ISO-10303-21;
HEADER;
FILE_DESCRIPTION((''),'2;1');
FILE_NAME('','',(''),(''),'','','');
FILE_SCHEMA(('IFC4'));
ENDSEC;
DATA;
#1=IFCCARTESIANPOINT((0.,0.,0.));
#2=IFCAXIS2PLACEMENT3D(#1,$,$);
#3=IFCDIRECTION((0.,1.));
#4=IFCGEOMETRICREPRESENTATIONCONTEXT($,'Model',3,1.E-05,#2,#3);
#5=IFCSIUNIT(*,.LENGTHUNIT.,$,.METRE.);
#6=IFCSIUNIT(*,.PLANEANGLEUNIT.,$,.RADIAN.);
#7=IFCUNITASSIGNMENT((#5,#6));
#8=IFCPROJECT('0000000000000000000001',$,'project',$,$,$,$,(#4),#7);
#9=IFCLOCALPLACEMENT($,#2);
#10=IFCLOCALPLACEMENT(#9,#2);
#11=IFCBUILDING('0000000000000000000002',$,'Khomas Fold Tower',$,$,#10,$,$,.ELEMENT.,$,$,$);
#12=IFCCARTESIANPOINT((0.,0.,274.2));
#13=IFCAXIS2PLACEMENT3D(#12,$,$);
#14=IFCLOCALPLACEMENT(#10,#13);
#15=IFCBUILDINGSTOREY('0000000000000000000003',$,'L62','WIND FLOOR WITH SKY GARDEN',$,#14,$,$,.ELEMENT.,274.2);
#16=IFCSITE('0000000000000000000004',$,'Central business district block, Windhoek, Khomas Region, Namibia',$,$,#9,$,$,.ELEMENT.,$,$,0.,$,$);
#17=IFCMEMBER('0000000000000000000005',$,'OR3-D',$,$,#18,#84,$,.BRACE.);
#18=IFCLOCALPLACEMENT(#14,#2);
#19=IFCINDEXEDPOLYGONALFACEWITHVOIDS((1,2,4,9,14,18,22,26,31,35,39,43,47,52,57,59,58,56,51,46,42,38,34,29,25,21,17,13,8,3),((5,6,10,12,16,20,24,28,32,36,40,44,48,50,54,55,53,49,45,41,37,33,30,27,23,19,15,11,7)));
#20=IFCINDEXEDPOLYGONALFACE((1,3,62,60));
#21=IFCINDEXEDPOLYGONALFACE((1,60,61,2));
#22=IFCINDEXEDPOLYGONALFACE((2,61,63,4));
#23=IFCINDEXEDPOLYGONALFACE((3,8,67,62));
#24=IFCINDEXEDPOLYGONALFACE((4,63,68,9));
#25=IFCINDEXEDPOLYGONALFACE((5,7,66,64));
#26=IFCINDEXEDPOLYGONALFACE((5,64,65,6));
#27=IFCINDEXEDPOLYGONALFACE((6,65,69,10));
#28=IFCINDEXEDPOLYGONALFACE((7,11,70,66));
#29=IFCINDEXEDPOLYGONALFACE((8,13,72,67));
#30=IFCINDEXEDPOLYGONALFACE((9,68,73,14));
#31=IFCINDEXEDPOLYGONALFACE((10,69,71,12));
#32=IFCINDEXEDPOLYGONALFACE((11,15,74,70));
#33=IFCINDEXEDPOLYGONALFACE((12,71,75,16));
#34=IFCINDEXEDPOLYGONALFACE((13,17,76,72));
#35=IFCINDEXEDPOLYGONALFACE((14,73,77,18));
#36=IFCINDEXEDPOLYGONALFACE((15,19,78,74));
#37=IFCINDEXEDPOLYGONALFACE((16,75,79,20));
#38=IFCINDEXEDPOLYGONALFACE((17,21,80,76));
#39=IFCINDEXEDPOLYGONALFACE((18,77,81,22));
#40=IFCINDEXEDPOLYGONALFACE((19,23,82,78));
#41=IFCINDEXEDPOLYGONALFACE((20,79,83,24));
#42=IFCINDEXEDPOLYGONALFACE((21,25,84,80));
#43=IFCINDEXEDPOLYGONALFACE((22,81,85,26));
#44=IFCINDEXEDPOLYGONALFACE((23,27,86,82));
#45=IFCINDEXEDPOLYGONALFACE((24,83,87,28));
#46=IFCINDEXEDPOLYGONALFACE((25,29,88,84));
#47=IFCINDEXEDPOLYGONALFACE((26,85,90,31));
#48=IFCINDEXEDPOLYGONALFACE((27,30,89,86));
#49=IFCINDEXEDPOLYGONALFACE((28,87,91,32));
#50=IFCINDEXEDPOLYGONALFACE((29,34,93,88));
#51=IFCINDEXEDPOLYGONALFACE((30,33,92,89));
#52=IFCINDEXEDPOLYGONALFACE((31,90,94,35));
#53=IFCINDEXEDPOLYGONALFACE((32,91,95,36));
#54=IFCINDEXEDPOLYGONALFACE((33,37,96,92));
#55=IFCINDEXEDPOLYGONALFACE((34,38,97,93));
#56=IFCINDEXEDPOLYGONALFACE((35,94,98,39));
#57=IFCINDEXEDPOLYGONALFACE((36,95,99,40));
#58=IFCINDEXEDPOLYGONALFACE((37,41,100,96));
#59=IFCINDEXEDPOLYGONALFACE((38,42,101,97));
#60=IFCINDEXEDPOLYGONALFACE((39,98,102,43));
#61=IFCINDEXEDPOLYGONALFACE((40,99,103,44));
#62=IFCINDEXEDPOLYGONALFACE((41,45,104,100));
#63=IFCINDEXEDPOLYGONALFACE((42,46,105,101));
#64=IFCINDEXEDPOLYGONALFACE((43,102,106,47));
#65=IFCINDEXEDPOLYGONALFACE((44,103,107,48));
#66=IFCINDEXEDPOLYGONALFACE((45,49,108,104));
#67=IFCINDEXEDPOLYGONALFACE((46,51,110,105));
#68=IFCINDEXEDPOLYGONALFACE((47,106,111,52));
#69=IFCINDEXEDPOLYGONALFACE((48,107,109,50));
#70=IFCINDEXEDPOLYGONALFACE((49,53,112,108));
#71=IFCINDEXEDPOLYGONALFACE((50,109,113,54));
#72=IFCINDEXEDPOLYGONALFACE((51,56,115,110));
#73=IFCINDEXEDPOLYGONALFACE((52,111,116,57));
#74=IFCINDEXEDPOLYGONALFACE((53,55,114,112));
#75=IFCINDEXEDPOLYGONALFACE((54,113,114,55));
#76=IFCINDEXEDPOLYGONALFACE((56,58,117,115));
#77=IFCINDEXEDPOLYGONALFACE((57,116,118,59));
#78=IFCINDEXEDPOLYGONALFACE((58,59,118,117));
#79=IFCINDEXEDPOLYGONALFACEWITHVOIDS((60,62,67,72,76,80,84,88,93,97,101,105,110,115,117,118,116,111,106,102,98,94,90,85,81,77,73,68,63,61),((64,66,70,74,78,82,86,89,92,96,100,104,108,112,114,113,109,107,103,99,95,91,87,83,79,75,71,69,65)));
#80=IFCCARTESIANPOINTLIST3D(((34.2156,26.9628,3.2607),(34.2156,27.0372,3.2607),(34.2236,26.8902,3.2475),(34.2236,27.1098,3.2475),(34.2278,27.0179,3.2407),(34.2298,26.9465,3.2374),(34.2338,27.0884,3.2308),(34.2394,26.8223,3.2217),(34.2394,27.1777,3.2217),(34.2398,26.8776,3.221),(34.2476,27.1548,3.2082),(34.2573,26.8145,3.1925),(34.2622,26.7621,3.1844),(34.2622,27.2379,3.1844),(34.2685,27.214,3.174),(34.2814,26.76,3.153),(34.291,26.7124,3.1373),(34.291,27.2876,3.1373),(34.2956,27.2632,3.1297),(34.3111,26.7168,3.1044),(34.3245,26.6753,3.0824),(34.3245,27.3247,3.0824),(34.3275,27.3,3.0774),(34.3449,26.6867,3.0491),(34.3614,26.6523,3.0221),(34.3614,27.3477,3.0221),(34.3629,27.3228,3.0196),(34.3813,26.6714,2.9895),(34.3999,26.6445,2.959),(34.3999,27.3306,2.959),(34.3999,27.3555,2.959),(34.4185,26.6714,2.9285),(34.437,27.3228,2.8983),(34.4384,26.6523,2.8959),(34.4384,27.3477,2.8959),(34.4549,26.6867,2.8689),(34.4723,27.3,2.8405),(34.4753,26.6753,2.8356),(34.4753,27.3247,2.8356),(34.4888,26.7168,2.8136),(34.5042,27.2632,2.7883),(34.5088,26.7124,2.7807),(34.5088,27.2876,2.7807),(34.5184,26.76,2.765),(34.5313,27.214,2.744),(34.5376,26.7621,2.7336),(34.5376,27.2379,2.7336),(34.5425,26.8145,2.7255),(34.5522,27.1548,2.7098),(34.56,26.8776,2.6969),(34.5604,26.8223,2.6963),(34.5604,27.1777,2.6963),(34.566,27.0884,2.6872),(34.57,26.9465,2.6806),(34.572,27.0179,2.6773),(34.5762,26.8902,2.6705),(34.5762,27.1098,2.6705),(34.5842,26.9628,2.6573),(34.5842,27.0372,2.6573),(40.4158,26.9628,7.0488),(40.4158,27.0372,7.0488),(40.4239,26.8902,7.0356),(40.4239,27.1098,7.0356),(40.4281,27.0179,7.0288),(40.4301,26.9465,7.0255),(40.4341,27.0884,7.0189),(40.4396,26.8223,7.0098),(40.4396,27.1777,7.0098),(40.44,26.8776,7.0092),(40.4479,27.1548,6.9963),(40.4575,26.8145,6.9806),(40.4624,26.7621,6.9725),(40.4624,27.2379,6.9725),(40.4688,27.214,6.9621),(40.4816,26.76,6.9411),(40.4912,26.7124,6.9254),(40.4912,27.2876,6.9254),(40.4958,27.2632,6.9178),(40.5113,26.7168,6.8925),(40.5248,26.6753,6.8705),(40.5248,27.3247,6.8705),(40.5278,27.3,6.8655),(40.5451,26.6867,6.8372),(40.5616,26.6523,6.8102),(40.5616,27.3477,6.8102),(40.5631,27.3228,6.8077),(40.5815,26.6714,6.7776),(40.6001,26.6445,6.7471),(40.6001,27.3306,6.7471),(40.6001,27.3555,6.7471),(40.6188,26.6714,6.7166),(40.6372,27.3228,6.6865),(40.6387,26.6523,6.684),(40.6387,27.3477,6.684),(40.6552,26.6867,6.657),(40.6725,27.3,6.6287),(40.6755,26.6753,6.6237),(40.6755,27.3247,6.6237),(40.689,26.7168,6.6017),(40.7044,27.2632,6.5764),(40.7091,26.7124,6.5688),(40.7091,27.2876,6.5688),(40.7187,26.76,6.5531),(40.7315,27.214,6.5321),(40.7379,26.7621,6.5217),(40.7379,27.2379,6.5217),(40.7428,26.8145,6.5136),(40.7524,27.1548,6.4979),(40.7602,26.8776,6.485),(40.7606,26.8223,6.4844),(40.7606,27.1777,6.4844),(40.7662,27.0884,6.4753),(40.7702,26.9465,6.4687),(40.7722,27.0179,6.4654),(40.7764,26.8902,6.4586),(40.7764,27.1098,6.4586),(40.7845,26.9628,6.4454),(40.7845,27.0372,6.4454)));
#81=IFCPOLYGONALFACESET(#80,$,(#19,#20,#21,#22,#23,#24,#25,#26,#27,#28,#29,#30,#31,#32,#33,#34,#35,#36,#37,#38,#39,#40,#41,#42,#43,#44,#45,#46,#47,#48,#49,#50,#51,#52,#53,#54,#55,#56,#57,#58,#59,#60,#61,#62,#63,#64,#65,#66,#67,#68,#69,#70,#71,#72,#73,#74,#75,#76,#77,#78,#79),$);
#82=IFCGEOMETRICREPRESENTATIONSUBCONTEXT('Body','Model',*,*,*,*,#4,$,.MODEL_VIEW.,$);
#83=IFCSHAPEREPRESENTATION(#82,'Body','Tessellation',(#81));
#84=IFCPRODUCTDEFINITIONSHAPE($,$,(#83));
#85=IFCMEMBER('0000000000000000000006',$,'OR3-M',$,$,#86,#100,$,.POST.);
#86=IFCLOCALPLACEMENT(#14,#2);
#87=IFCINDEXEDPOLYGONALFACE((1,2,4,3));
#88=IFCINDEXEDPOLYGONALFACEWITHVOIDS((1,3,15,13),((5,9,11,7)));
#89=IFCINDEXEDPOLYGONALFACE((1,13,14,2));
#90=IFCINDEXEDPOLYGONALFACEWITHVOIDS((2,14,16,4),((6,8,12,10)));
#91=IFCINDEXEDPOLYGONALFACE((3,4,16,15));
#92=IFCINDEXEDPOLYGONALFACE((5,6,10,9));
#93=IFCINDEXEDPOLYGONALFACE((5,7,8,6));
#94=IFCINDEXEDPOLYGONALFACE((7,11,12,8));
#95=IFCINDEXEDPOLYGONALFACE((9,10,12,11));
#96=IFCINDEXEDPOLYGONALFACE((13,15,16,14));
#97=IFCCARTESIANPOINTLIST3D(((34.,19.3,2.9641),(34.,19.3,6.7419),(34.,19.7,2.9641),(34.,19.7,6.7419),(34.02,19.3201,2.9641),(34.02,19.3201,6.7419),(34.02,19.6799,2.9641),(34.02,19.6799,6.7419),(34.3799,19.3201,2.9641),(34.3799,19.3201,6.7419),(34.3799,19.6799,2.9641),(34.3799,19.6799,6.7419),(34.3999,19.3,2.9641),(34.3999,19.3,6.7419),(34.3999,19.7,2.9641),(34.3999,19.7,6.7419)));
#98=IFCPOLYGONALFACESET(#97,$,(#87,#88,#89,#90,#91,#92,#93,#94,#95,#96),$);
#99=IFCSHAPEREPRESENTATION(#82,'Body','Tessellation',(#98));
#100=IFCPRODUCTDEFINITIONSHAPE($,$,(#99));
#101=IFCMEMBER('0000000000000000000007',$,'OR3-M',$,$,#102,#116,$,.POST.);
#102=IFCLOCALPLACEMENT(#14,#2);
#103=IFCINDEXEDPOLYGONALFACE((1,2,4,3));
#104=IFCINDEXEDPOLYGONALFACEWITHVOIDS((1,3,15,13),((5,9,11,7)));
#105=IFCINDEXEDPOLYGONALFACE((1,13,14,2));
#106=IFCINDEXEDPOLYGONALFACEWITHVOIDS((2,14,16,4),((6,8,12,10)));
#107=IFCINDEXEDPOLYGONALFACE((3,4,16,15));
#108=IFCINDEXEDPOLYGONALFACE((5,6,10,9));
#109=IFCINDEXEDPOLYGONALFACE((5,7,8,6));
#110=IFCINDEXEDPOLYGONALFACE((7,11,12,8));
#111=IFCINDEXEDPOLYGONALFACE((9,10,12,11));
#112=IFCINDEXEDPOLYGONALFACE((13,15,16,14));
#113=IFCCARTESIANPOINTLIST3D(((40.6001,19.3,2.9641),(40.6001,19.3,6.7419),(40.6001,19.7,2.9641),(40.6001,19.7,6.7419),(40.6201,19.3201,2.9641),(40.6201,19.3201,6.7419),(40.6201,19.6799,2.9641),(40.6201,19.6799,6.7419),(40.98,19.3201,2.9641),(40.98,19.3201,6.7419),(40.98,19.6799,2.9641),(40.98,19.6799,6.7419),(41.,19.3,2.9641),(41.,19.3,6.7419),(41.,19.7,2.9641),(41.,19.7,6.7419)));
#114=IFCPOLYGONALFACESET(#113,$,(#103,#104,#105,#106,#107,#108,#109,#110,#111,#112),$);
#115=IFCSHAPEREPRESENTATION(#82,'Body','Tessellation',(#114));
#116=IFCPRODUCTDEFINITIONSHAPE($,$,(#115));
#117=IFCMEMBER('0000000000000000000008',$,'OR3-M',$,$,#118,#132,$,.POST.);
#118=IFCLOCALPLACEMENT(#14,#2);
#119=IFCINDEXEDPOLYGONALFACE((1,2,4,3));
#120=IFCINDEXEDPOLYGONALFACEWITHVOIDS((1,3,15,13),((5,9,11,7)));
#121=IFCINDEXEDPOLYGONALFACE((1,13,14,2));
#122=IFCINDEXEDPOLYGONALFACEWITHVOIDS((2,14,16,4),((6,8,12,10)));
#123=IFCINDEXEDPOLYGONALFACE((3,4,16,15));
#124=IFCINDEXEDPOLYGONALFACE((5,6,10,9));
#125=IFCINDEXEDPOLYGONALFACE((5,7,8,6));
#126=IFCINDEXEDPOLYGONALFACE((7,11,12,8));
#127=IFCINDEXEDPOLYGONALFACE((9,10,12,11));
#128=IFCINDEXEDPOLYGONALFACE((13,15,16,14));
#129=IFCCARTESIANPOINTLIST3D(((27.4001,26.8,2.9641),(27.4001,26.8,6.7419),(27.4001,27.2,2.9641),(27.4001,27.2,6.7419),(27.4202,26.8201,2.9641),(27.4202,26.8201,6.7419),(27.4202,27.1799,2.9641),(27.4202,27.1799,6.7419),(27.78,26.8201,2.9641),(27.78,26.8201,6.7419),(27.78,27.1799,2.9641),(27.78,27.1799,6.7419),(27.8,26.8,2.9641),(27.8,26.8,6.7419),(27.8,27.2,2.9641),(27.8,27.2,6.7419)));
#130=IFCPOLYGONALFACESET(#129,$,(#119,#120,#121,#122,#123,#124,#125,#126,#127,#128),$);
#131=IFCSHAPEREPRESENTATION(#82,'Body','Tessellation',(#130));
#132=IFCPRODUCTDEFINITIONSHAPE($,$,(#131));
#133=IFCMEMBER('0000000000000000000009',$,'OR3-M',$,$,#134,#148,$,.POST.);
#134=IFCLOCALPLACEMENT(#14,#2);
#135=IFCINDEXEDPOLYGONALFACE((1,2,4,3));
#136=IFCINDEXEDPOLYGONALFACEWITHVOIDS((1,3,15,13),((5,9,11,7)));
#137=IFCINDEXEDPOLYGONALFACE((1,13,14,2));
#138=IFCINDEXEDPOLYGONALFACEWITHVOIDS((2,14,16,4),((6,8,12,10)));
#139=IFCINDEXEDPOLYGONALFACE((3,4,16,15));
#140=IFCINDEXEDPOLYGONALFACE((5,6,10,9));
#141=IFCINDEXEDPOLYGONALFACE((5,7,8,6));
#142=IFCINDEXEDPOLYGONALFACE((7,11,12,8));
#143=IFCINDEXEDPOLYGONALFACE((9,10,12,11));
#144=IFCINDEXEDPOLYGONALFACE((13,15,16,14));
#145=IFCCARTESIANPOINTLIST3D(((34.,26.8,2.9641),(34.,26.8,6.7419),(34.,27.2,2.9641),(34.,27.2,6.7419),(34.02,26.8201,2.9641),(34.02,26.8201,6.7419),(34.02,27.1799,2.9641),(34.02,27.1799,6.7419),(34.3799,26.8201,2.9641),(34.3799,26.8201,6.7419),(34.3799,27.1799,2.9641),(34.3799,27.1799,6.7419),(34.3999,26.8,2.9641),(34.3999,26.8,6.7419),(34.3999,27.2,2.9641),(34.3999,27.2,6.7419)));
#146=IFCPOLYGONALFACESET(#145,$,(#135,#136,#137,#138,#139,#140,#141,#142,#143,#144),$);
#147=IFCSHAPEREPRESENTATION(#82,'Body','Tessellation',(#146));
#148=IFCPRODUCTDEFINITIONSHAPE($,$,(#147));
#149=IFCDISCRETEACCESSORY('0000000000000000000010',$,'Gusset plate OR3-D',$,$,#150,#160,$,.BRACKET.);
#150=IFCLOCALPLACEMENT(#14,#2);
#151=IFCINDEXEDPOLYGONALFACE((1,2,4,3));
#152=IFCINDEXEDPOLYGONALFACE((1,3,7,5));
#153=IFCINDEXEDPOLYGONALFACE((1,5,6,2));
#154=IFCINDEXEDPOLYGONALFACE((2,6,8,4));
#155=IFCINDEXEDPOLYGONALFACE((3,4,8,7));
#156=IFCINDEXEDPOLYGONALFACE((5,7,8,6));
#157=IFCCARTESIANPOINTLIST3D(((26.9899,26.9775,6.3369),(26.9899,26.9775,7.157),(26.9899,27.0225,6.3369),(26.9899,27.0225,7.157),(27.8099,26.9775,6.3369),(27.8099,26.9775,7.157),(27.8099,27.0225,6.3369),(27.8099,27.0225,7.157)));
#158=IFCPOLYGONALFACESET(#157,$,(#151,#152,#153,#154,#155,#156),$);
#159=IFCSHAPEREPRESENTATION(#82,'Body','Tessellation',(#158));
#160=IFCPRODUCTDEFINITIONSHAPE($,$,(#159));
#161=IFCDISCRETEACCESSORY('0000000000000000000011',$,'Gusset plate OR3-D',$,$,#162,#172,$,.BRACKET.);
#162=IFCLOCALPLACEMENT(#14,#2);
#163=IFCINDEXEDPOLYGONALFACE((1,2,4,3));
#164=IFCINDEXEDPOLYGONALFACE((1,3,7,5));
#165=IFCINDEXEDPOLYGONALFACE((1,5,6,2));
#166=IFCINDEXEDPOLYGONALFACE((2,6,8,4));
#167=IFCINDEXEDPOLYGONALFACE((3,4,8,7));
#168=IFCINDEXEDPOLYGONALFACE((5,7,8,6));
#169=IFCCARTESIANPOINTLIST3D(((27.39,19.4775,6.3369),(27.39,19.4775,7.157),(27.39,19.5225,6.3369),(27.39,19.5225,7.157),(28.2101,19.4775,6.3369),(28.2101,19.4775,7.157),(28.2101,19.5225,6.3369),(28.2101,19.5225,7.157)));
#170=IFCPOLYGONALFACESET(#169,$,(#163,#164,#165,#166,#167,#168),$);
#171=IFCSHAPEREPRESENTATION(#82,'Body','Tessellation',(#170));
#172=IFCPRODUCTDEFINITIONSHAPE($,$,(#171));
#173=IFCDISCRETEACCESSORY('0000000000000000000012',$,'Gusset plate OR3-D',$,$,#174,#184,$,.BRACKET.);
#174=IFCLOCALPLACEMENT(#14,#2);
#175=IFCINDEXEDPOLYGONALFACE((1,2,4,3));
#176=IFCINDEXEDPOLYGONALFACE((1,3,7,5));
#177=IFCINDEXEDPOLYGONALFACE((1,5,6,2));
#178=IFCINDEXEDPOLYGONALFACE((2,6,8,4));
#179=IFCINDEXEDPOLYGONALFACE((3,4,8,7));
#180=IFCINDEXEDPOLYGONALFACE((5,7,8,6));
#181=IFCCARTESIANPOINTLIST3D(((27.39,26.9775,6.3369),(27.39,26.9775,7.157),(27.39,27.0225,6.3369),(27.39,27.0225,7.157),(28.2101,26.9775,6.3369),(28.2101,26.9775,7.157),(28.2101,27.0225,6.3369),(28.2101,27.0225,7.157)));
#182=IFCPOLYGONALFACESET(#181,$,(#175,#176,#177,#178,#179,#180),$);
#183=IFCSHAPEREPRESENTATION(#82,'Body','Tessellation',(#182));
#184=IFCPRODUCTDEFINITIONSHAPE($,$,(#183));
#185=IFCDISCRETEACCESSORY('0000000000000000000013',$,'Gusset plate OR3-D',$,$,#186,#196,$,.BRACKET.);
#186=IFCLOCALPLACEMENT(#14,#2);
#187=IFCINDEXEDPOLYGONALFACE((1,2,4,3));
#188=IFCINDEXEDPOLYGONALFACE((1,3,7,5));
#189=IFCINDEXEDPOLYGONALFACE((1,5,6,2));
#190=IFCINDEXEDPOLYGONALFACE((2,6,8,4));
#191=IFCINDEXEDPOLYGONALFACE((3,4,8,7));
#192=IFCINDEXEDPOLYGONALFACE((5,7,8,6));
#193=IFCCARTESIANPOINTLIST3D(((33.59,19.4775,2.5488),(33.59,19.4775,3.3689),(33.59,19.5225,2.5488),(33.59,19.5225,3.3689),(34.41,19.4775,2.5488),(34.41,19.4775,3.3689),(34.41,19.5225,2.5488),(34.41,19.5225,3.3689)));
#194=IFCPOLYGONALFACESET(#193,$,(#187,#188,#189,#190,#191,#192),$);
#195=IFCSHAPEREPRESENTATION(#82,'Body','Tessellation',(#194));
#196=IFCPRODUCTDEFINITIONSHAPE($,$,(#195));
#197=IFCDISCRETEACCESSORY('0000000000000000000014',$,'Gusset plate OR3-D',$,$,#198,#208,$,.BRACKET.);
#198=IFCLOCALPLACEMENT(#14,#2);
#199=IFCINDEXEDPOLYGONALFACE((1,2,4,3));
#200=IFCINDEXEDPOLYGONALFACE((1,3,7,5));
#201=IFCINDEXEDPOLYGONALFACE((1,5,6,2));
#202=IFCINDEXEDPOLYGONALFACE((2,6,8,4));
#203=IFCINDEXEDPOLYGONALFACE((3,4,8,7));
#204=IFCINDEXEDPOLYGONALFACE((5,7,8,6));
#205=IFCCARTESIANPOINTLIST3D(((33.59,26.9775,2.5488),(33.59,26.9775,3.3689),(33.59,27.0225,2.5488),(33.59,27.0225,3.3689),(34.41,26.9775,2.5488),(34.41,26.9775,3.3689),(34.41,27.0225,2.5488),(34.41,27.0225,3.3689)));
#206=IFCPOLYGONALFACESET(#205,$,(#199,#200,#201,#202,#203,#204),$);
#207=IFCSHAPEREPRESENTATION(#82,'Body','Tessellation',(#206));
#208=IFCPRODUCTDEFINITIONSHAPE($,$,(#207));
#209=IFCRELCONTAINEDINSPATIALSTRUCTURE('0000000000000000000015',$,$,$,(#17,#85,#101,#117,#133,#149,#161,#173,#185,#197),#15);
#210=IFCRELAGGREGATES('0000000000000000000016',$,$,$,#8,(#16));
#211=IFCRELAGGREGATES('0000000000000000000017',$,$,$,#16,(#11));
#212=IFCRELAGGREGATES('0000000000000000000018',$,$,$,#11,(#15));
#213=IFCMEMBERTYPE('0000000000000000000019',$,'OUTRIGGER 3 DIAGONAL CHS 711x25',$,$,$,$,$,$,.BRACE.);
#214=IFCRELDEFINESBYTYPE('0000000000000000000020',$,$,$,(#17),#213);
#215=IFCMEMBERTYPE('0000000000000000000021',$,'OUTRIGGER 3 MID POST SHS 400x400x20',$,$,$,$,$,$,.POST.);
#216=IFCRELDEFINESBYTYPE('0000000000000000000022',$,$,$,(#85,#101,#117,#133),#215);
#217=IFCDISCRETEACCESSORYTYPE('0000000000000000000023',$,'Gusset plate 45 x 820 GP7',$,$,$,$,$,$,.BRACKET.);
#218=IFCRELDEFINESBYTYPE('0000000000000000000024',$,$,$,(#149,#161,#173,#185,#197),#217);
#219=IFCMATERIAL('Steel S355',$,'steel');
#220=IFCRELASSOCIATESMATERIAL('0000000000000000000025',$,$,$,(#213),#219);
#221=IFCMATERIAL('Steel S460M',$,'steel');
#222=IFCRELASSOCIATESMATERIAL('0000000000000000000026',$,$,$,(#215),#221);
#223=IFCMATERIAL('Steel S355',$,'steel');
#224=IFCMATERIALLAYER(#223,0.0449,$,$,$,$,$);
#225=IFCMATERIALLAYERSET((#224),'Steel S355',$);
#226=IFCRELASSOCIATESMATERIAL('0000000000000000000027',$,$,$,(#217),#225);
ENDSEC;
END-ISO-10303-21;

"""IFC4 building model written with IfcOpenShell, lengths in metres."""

from ifc_helpers import new_model, si_unit, direction, frame, origin, origin_2d, place, context, subcontext, project, spatial, rectangle, hollow_rectangle, hollow_circle, extrude, source, transform, mapped, material, layer, layer_set, material_profile, profile_set, type_object, element, save


model = new_model("IFC4")

# Units and contexts
model_context = context("Model", 3, precision=1e-05, world=origin(), true_north=direction((0.0, 1.0)))
body_context = subcontext(model_context, "Body", "Model", "MODEL_VIEW")
ifc_project = project(units=[si_unit("LENGTHUNIT", "METRE"), si_unit("PLANEANGLEUNIT", "RADIAN")], contexts=[model_context])

# Site, building, storey
site_placement = place(None, origin())
site = spatial("IfcSite", under=ifc_project, at=site_placement, Name="Central business district block, Windhoek, Khomas Region, Namibia", CompositionType="ELEMENT", RefElevation=0.0)
building_placement = place(site_placement, origin())
building = spatial("IfcBuilding", under=site, at=building_placement, Name="Khomas Fold Tower", CompositionType="ELEMENT")
storey_placement = place(building_placement, frame((0.0, 0.0, 274.2)))
storey = spatial("IfcBuildingStorey", under=building, at=storey_placement, Name="L62", Description="WIND FLOOR WITH SKY GARDEN", CompositionType="ELEMENT", Elevation=274.2)

# Members
ifc_material_1 = material(Name="Steel S355", Category="steel")
ifc_material_profile_1 = material_profile(ifc_material_1, hollow_circle(Radius=0.3555, WallThickness=0.0249, at=origin_2d()), Name="CHS 711x25")
ifc_profile_set_1 = profile_set([ifc_material_profile_1], Name="Steel S355")
member_type_1 = type_object("IfcMemberType", Name="OUTRIGGER 3 DIAGONAL CHS 711x25", PredefinedType="BRACE", material=ifc_profile_set_1)
shared_shape_1 = source(origin(), body_context, "Body", "SweptSolid", [
    extrude(hollow_circle(Radius=0.3555, WallThickness=0.0249, at=origin_2d()), origin(), (0.0, 0.0, 1.0), 7.2659),
])
for number, where, z_axis, x_axis, name in (
    (1, (34.3999, 27.0, 2.959), (0.853338, 0.0, 0.521358), (0.0, 1.0, 0.0), "OR3-D"),
):
    element("IfcMember", number, at=place(storey_placement, frame(where, z_axis=z_axis, x_axis=x_axis)), inside=storey, type_object=member_type_1, Name=name, PredefinedType="BRACE", context=body_context, shape_type="MappedRepresentation", body=[
        mapped(shared_shape_1, transform((0.0, 0.0, 0.0))),
    ])
ifc_material_2 = material(Name="Steel S460M", Category="steel")
ifc_material_profile_2 = material_profile(ifc_material_2, hollow_rectangle(XDim=0.3999, YDim=0.3999, WallThickness=0.02, at=origin_2d()), Name="SHS 400x400x20")
ifc_profile_set_2 = profile_set([ifc_material_profile_2], Name="Steel S460M")
member_type_2 = type_object("IfcMemberType", Name="OUTRIGGER 3 MID POST SHS 400x400x20", PredefinedType="POST", material=ifc_profile_set_2)
shared_shape_2 = source(origin(), body_context, "Body", "SweptSolid", [
    extrude(hollow_rectangle(XDim=0.3999, YDim=0.3999, WallThickness=0.02, at=origin_2d()), origin(), (0.0, 0.0, 1.0), 3.7778),
])
for number, where, z_axis, x_axis, name in (
    (2, (34.2, 19.5, 2.9641), (0.0, 0.0, 1.0), (1.0, 0.0, 0.0), "OR3-M"),
    (3, (40.8, 19.5, 2.9641), (0.0, 0.0, 1.0), (1.0, 0.0, 0.0), "OR3-M"),
    (4, (27.6001, 27.0, 2.9641), (0.0, 0.0, 1.0), (1.0, 0.0, 0.0), "OR3-M"),
    (5, (34.2, 27.0, 2.9641), (0.0, 0.0, 1.0), (1.0, 0.0, 0.0), "OR3-M"),
):
    element("IfcMember", number, at=place(storey_placement, frame(where, z_axis=z_axis, x_axis=x_axis)), inside=storey, type_object=member_type_2, Name=name, PredefinedType="POST", context=body_context, shape_type="MappedRepresentation", body=[
        mapped(shared_shape_2, transform((0.0, 0.0, 0.0))),
    ])

# Discrete accessories
ifc_material_3 = material(Name="Steel S355", Category="steel")
ifc_layer = layer(ifc_material_3, 0.0449)
ifc_layer_set = layer_set([ifc_layer], Name="Steel S355")
discrete_accessory_type = type_object("IfcDiscreteAccessoryType", Name="Gusset plate 45 x 820 GP7", PredefinedType="BRACKET", material=ifc_layer_set)
shared_shape_3 = source(origin(), body_context, "Body", "SweptSolid", [
    extrude(rectangle(XDim=0.8201, YDim=0.0449, at=origin_2d()), origin(), (0.0, 0.0, 1.0), 0.8201),
])
for number, where, z_axis, x_axis, name in (
    (6, (27.3999, 27.0, 6.3369), (0.0, 0.0, 1.0), (1.0, 0.0, 0.0), "Gusset plate OR3-D"),
    (7, (27.8, 19.5, 6.3369), (0.0, 0.0, 1.0), (1.0, 0.0, 0.0), "Gusset plate OR3-D"),
    (8, (27.8, 27.0, 6.3369), (0.0, 0.0, 1.0), (1.0, 0.0, 0.0), "Gusset plate OR3-D"),
    (9, (34.0, 19.5, 2.5488), (0.0, 0.0, 1.0), (1.0, 0.0, 0.0), "Gusset plate OR3-D"),
    (10, (34.0, 27.0, 2.5488), (0.0, 0.0, 1.0), (1.0, 0.0, 0.0), "Gusset plate OR3-D"),
):
    element("IfcDiscreteAccessory", number, at=place(storey_placement, frame(where, z_axis=z_axis, x_axis=x_axis)), inside=storey, type_object=discrete_accessory_type, Name=name, PredefinedType="BRACKET", context=body_context, shape_type="MappedRepresentation", body=[
        mapped(shared_shape_3, transform((0.0, 0.0, 0.0))),
    ])

save(model, "model.ifc")
